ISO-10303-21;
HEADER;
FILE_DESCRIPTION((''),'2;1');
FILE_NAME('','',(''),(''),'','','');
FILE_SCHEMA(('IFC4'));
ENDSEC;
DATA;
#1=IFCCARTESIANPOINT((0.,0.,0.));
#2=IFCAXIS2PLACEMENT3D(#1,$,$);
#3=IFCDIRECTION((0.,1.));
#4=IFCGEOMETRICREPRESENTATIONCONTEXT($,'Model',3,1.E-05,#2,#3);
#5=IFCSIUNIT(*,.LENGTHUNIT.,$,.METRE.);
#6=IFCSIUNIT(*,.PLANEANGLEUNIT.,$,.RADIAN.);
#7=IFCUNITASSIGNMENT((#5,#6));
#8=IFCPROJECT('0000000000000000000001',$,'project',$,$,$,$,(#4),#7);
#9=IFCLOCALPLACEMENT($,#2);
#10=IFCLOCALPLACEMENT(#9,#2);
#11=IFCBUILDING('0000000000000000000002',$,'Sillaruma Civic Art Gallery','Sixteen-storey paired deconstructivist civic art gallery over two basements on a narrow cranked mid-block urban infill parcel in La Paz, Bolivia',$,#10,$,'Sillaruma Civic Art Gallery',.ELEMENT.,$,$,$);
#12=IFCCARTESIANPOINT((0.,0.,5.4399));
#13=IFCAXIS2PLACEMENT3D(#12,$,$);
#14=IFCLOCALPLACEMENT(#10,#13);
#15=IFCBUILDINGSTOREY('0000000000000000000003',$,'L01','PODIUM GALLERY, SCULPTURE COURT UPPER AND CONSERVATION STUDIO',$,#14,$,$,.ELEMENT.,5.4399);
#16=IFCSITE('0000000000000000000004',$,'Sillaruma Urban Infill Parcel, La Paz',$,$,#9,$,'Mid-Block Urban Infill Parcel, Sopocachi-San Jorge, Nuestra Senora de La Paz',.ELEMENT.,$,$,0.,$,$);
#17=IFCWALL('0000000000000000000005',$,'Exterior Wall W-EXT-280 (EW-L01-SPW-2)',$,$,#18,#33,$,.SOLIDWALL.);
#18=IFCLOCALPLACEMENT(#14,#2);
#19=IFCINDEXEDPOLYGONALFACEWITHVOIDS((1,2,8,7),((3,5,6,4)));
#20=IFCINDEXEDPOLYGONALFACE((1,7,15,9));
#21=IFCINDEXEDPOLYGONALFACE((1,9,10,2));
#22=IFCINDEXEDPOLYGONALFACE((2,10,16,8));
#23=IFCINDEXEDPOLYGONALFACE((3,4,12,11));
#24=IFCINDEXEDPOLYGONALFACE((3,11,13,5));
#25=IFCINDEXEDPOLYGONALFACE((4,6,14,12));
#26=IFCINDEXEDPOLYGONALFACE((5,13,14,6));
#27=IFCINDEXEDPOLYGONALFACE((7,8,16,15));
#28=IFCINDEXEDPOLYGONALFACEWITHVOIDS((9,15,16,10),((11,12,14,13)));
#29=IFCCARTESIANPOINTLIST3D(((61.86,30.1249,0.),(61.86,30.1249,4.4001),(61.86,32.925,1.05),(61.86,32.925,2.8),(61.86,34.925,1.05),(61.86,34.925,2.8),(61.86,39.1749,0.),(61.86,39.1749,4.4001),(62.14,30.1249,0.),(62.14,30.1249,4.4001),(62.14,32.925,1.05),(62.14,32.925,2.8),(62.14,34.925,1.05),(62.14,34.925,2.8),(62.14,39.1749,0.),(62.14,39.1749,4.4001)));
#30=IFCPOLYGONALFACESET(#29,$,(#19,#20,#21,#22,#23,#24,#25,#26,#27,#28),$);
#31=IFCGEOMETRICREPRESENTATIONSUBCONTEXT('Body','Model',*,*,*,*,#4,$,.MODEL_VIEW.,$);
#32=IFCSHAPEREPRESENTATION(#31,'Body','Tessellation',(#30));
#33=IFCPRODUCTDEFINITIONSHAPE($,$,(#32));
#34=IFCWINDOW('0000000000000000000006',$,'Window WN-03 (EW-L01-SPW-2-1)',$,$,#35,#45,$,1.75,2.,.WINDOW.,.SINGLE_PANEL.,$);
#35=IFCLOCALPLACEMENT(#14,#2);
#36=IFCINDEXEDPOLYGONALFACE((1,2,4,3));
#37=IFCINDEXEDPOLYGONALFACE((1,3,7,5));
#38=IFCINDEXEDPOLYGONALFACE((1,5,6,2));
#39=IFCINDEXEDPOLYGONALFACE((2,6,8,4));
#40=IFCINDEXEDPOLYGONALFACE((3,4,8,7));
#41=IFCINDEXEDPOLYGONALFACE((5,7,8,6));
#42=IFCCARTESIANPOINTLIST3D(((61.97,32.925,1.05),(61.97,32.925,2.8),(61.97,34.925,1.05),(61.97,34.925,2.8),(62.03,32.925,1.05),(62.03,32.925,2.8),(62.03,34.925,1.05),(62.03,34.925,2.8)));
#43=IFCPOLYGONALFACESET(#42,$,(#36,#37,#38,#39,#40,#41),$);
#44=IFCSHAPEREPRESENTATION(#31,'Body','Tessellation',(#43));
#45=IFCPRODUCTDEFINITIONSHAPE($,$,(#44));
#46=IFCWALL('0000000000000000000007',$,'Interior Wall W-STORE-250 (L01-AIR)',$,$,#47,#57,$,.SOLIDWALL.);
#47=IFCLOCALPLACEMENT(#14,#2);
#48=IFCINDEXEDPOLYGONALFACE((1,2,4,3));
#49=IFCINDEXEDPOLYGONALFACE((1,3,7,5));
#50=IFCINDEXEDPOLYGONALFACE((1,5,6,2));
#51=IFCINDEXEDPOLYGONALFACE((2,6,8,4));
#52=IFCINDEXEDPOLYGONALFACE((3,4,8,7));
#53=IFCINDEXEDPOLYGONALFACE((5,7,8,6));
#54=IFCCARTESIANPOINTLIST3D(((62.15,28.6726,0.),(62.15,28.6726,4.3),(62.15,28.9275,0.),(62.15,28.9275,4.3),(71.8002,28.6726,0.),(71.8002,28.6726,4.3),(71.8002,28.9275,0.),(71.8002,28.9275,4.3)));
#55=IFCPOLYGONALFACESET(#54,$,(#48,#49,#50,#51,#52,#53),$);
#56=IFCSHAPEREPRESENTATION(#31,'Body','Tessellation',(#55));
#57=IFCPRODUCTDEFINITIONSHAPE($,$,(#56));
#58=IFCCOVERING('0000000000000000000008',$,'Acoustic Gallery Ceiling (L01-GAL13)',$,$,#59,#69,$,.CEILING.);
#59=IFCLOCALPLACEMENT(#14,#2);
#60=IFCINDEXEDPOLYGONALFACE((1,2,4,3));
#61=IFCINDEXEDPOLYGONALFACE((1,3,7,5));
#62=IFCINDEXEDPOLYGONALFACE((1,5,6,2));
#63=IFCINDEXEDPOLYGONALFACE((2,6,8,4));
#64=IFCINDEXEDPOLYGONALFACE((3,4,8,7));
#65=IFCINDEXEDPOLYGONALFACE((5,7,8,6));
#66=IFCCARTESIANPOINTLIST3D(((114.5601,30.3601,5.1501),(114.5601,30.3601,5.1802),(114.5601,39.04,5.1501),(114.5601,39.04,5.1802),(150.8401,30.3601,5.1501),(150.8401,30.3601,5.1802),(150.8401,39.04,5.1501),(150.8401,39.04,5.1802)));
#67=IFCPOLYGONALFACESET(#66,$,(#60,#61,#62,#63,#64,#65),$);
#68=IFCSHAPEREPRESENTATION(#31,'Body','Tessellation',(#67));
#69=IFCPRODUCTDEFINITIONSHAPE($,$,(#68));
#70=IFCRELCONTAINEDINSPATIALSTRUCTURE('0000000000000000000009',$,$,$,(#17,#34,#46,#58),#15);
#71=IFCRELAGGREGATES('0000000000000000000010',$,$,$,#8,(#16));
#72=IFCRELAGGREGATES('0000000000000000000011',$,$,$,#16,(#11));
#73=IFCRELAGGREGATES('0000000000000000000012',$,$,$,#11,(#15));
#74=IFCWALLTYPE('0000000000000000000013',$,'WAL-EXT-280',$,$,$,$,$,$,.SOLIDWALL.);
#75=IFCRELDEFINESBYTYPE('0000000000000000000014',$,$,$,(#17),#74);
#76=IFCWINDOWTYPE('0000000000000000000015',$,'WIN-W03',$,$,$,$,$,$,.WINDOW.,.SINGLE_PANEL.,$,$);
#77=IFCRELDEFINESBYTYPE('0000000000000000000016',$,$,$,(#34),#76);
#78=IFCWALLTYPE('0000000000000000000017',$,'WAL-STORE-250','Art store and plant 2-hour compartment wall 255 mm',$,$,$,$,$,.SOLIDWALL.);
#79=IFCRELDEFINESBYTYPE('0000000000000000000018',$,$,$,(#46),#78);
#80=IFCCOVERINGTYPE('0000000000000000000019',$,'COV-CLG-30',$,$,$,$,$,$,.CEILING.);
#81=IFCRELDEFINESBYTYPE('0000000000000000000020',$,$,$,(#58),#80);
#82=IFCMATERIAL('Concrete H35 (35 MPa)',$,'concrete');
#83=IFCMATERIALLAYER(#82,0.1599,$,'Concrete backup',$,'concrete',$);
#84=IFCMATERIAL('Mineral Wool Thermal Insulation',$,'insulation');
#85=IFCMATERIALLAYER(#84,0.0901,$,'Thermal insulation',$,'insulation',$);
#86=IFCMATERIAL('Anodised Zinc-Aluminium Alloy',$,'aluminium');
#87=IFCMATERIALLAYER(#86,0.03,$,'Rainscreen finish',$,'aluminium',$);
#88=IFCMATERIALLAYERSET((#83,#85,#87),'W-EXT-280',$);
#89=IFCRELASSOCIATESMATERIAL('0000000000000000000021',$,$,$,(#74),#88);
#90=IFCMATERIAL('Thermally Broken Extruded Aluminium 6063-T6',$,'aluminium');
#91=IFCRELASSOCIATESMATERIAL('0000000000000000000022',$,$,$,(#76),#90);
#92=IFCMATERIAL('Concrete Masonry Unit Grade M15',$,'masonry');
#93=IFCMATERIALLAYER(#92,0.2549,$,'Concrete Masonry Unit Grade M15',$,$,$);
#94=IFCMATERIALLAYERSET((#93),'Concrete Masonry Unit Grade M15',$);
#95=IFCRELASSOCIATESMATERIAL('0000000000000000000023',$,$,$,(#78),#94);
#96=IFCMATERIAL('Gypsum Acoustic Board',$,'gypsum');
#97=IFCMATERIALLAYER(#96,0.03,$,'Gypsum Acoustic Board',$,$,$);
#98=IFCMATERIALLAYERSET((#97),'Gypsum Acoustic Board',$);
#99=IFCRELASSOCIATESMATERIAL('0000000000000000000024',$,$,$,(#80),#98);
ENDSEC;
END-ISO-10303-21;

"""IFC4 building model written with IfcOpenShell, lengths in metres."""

from ifc_helpers import new_model, si_unit, direction, frame, frame_2d, origin, place, context, subcontext, project, spatial, polyline, rectangle, outline, extrude, material, layer, layer_set, type_object, element, fill, save


model = new_model("IFC4")

# Units and contexts
model_context = context("Model", 3, precision=1e-05, world=origin(), true_north=direction((0.0, 1.0)))
body_context = subcontext(model_context, "Body", "Model", "MODEL_VIEW")
ifc_project = project(units=[si_unit("LENGTHUNIT", "METRE"), si_unit("PLANEANGLEUNIT", "RADIAN")], contexts=[model_context])

# Site, building, storey
site_placement = place(None, origin())
site = spatial("IfcSite", under=ifc_project, at=site_placement, Name="Sillaruma Urban Infill Parcel, La Paz", LongName="Mid-Block Urban Infill Parcel, Sopocachi-San Jorge, Nuestra Senora de La Paz", CompositionType="ELEMENT", RefElevation=0.0)
building_placement = place(site_placement, origin())
building = spatial("IfcBuilding", under=site, at=building_placement, Name="Sillaruma Civic Art Gallery", Description="Sixteen-storey paired deconstructivist civic art gallery over two basements on a narrow cranked mid-block urban infill parcel in La Paz, Bolivia", LongName="Sillaruma Civic Art Gallery", CompositionType="ELEMENT")
storey_placement = place(building_placement, frame((0.0, 0.0, 5.4399)))
storey = spatial("IfcBuildingStorey", under=building, at=storey_placement, Name="L01", Description="PODIUM GALLERY, SCULPTURE COURT UPPER AND CONSERVATION STUDIO", CompositionType="ELEMENT", Elevation=5.4399)

# Shared definitions
ifc_material_1 = material(Name="Concrete H35 (35 MPa)", Category="concrete")

# Shared definitions
ifc_material_2 = material(Name="Thermally Broken Extruded Aluminium 6063-T6", Category="aluminium")

# Wall, opening, window
ifc_layer_1 = layer(ifc_material_1, 0.1599, Name="Concrete backup", Category="concrete")
ifc_material_3 = material(Name="Mineral Wool Thermal Insulation", Category="insulation")
ifc_layer_2 = layer(ifc_material_3, 0.0901, Name="Thermal insulation", Category="insulation")
ifc_material_4 = material(Name="Anodised Zinc-Aluminium Alloy", Category="aluminium")
ifc_layer_3 = layer(ifc_material_4, 0.03, Name="Rainscreen finish", Category="aluminium")
ifc_layer_set_1 = layer_set([ifc_layer_1, ifc_layer_2, ifc_layer_3], Name="W-EXT-280")
wall_type_1 = type_object("IfcWallType", Name="WAL-EXT-280", PredefinedType="SOLIDWALL", material=ifc_layer_set_1)
wall_1_placement = place(storey_placement, frame((62.0, 30.125, 0.0), z_axis=(0.0, 0.0, 1.0), x_axis=(0.0, 1.0, 0.0)))
wall_1 = element("IfcWall", 1, at=wall_1_placement, inside=storey, type_object=wall_type_1, Name="Exterior Wall W-EXT-280 (EW-L01-SPW-2)", PredefinedType="SOLIDWALL", context=body_context, shape_type="SweptSolid", body=[
    extrude(rectangle(XDim=9.05, YDim=0.28, at=frame_2d((4.5249, 0.0))), origin(), (0.0, 0.0, 1.0), 4.4001),
])
opening_1_placement = place(wall_1_placement, frame((2.8, 0.0, 1.05)))
opening_1 = element("IfcOpeningElement", 2, at=opening_1_placement, cuts=wall_1, PredefinedType="OPENING", context=body_context, shape_type="SweptSolid", body=[
    extrude(rectangle(XDim=2.0, YDim=1.75, at=frame_2d((1.0, 0.875))), frame((0.0, 0.1499, 0.0), z_axis=(0.0, -1.0, 0.0), x_axis=(1.0, 0.0, 0.0)), (0.0, 0.0, 1.0), 0.3),
])
window_type_1 = type_object("IfcWindowType", Name="WIN-W03", PartitioningType="SINGLE_PANEL", PredefinedType="WINDOW", material=ifc_material_2)
window_1_placement = place(opening_1_placement, origin())
window_1 = element("IfcWindow", 3, at=window_1_placement, inside=storey, type_object=window_type_1, Name="Window WN-03 (EW-L01-SPW-2-1)", OverallHeight=1.75, OverallWidth=2.0, PartitioningType="SINGLE_PANEL", PredefinedType="WINDOW", context=body_context, shape_type="SweptSolid", body=[
    extrude(rectangle(XDim=2.0, YDim=1.75, at=frame_2d((1.0, 0.875))), frame((0.0, 0.03, 0.0), z_axis=(0.0, -1.0, 0.0), x_axis=(1.0, 0.0, 0.0)), (0.0, 0.0, 1.0), 0.0601),
])
fill(opening_1, window_1)

# Wall
ifc_material_5 = material(Name="Concrete Masonry Unit Grade M15", Category="masonry")
ifc_layer_4 = layer(ifc_material_5, 0.2549, Name="Concrete Masonry Unit Grade M15")
ifc_layer_set_2 = layer_set([ifc_layer_4], Name="Concrete Masonry Unit Grade M15")
wall_type_2 = type_object("IfcWallType", Name="WAL-STORE-250", Description="Art store and plant 2-hour compartment wall 255 mm", PredefinedType="SOLIDWALL", material=ifc_layer_set_2)
wall_2_placement = place(storey_placement, frame((62.1499, 28.8, 0.0), z_axis=(0.0, 0.0, 1.0), x_axis=(1.0, 0.0, 0.0)))
element("IfcWall", 4, at=wall_2_placement, inside=storey, type_object=wall_type_2, Name="Interior Wall W-STORE-250 (L01-AIR)", PredefinedType="SOLIDWALL", context=body_context, shape_type="SweptSolid", body=[
    extrude(rectangle(XDim=9.6501, YDim=0.2549, at=frame_2d((4.8252, 0.0))), origin(), (0.0, 0.0, 1.0), 4.3),
])

# Covering
ifc_material_6 = material(Name="Gypsum Acoustic Board", Category="gypsum")
ifc_layer_5 = layer(ifc_material_6, 0.03, Name="Gypsum Acoustic Board")
ifc_layer_set_3 = layer_set([ifc_layer_5], Name="Gypsum Acoustic Board")
covering_type = type_object("IfcCoveringType", Name="COV-CLG-30", PredefinedType="CEILING", material=ifc_layer_set_3)
covering_placement = place(storey_placement, frame((0.0, 0.0, 5.1501)))
element("IfcCovering", 5, at=covering_placement, inside=storey, type_object=covering_type, Name="Acoustic Gallery Ceiling (L01-GAL13)", PredefinedType="CEILING", context=body_context, shape_type="SweptSolid", body=[
    extrude(outline(polyline([(114.5601, 30.3601), (150.8401, 30.3601), (150.8401, 39.04), (114.5601, 39.04), (114.5601, 30.3601)])), origin(), (0.0, 0.0, 1.0), 0.03),
])

save(model, "model.ifc")
